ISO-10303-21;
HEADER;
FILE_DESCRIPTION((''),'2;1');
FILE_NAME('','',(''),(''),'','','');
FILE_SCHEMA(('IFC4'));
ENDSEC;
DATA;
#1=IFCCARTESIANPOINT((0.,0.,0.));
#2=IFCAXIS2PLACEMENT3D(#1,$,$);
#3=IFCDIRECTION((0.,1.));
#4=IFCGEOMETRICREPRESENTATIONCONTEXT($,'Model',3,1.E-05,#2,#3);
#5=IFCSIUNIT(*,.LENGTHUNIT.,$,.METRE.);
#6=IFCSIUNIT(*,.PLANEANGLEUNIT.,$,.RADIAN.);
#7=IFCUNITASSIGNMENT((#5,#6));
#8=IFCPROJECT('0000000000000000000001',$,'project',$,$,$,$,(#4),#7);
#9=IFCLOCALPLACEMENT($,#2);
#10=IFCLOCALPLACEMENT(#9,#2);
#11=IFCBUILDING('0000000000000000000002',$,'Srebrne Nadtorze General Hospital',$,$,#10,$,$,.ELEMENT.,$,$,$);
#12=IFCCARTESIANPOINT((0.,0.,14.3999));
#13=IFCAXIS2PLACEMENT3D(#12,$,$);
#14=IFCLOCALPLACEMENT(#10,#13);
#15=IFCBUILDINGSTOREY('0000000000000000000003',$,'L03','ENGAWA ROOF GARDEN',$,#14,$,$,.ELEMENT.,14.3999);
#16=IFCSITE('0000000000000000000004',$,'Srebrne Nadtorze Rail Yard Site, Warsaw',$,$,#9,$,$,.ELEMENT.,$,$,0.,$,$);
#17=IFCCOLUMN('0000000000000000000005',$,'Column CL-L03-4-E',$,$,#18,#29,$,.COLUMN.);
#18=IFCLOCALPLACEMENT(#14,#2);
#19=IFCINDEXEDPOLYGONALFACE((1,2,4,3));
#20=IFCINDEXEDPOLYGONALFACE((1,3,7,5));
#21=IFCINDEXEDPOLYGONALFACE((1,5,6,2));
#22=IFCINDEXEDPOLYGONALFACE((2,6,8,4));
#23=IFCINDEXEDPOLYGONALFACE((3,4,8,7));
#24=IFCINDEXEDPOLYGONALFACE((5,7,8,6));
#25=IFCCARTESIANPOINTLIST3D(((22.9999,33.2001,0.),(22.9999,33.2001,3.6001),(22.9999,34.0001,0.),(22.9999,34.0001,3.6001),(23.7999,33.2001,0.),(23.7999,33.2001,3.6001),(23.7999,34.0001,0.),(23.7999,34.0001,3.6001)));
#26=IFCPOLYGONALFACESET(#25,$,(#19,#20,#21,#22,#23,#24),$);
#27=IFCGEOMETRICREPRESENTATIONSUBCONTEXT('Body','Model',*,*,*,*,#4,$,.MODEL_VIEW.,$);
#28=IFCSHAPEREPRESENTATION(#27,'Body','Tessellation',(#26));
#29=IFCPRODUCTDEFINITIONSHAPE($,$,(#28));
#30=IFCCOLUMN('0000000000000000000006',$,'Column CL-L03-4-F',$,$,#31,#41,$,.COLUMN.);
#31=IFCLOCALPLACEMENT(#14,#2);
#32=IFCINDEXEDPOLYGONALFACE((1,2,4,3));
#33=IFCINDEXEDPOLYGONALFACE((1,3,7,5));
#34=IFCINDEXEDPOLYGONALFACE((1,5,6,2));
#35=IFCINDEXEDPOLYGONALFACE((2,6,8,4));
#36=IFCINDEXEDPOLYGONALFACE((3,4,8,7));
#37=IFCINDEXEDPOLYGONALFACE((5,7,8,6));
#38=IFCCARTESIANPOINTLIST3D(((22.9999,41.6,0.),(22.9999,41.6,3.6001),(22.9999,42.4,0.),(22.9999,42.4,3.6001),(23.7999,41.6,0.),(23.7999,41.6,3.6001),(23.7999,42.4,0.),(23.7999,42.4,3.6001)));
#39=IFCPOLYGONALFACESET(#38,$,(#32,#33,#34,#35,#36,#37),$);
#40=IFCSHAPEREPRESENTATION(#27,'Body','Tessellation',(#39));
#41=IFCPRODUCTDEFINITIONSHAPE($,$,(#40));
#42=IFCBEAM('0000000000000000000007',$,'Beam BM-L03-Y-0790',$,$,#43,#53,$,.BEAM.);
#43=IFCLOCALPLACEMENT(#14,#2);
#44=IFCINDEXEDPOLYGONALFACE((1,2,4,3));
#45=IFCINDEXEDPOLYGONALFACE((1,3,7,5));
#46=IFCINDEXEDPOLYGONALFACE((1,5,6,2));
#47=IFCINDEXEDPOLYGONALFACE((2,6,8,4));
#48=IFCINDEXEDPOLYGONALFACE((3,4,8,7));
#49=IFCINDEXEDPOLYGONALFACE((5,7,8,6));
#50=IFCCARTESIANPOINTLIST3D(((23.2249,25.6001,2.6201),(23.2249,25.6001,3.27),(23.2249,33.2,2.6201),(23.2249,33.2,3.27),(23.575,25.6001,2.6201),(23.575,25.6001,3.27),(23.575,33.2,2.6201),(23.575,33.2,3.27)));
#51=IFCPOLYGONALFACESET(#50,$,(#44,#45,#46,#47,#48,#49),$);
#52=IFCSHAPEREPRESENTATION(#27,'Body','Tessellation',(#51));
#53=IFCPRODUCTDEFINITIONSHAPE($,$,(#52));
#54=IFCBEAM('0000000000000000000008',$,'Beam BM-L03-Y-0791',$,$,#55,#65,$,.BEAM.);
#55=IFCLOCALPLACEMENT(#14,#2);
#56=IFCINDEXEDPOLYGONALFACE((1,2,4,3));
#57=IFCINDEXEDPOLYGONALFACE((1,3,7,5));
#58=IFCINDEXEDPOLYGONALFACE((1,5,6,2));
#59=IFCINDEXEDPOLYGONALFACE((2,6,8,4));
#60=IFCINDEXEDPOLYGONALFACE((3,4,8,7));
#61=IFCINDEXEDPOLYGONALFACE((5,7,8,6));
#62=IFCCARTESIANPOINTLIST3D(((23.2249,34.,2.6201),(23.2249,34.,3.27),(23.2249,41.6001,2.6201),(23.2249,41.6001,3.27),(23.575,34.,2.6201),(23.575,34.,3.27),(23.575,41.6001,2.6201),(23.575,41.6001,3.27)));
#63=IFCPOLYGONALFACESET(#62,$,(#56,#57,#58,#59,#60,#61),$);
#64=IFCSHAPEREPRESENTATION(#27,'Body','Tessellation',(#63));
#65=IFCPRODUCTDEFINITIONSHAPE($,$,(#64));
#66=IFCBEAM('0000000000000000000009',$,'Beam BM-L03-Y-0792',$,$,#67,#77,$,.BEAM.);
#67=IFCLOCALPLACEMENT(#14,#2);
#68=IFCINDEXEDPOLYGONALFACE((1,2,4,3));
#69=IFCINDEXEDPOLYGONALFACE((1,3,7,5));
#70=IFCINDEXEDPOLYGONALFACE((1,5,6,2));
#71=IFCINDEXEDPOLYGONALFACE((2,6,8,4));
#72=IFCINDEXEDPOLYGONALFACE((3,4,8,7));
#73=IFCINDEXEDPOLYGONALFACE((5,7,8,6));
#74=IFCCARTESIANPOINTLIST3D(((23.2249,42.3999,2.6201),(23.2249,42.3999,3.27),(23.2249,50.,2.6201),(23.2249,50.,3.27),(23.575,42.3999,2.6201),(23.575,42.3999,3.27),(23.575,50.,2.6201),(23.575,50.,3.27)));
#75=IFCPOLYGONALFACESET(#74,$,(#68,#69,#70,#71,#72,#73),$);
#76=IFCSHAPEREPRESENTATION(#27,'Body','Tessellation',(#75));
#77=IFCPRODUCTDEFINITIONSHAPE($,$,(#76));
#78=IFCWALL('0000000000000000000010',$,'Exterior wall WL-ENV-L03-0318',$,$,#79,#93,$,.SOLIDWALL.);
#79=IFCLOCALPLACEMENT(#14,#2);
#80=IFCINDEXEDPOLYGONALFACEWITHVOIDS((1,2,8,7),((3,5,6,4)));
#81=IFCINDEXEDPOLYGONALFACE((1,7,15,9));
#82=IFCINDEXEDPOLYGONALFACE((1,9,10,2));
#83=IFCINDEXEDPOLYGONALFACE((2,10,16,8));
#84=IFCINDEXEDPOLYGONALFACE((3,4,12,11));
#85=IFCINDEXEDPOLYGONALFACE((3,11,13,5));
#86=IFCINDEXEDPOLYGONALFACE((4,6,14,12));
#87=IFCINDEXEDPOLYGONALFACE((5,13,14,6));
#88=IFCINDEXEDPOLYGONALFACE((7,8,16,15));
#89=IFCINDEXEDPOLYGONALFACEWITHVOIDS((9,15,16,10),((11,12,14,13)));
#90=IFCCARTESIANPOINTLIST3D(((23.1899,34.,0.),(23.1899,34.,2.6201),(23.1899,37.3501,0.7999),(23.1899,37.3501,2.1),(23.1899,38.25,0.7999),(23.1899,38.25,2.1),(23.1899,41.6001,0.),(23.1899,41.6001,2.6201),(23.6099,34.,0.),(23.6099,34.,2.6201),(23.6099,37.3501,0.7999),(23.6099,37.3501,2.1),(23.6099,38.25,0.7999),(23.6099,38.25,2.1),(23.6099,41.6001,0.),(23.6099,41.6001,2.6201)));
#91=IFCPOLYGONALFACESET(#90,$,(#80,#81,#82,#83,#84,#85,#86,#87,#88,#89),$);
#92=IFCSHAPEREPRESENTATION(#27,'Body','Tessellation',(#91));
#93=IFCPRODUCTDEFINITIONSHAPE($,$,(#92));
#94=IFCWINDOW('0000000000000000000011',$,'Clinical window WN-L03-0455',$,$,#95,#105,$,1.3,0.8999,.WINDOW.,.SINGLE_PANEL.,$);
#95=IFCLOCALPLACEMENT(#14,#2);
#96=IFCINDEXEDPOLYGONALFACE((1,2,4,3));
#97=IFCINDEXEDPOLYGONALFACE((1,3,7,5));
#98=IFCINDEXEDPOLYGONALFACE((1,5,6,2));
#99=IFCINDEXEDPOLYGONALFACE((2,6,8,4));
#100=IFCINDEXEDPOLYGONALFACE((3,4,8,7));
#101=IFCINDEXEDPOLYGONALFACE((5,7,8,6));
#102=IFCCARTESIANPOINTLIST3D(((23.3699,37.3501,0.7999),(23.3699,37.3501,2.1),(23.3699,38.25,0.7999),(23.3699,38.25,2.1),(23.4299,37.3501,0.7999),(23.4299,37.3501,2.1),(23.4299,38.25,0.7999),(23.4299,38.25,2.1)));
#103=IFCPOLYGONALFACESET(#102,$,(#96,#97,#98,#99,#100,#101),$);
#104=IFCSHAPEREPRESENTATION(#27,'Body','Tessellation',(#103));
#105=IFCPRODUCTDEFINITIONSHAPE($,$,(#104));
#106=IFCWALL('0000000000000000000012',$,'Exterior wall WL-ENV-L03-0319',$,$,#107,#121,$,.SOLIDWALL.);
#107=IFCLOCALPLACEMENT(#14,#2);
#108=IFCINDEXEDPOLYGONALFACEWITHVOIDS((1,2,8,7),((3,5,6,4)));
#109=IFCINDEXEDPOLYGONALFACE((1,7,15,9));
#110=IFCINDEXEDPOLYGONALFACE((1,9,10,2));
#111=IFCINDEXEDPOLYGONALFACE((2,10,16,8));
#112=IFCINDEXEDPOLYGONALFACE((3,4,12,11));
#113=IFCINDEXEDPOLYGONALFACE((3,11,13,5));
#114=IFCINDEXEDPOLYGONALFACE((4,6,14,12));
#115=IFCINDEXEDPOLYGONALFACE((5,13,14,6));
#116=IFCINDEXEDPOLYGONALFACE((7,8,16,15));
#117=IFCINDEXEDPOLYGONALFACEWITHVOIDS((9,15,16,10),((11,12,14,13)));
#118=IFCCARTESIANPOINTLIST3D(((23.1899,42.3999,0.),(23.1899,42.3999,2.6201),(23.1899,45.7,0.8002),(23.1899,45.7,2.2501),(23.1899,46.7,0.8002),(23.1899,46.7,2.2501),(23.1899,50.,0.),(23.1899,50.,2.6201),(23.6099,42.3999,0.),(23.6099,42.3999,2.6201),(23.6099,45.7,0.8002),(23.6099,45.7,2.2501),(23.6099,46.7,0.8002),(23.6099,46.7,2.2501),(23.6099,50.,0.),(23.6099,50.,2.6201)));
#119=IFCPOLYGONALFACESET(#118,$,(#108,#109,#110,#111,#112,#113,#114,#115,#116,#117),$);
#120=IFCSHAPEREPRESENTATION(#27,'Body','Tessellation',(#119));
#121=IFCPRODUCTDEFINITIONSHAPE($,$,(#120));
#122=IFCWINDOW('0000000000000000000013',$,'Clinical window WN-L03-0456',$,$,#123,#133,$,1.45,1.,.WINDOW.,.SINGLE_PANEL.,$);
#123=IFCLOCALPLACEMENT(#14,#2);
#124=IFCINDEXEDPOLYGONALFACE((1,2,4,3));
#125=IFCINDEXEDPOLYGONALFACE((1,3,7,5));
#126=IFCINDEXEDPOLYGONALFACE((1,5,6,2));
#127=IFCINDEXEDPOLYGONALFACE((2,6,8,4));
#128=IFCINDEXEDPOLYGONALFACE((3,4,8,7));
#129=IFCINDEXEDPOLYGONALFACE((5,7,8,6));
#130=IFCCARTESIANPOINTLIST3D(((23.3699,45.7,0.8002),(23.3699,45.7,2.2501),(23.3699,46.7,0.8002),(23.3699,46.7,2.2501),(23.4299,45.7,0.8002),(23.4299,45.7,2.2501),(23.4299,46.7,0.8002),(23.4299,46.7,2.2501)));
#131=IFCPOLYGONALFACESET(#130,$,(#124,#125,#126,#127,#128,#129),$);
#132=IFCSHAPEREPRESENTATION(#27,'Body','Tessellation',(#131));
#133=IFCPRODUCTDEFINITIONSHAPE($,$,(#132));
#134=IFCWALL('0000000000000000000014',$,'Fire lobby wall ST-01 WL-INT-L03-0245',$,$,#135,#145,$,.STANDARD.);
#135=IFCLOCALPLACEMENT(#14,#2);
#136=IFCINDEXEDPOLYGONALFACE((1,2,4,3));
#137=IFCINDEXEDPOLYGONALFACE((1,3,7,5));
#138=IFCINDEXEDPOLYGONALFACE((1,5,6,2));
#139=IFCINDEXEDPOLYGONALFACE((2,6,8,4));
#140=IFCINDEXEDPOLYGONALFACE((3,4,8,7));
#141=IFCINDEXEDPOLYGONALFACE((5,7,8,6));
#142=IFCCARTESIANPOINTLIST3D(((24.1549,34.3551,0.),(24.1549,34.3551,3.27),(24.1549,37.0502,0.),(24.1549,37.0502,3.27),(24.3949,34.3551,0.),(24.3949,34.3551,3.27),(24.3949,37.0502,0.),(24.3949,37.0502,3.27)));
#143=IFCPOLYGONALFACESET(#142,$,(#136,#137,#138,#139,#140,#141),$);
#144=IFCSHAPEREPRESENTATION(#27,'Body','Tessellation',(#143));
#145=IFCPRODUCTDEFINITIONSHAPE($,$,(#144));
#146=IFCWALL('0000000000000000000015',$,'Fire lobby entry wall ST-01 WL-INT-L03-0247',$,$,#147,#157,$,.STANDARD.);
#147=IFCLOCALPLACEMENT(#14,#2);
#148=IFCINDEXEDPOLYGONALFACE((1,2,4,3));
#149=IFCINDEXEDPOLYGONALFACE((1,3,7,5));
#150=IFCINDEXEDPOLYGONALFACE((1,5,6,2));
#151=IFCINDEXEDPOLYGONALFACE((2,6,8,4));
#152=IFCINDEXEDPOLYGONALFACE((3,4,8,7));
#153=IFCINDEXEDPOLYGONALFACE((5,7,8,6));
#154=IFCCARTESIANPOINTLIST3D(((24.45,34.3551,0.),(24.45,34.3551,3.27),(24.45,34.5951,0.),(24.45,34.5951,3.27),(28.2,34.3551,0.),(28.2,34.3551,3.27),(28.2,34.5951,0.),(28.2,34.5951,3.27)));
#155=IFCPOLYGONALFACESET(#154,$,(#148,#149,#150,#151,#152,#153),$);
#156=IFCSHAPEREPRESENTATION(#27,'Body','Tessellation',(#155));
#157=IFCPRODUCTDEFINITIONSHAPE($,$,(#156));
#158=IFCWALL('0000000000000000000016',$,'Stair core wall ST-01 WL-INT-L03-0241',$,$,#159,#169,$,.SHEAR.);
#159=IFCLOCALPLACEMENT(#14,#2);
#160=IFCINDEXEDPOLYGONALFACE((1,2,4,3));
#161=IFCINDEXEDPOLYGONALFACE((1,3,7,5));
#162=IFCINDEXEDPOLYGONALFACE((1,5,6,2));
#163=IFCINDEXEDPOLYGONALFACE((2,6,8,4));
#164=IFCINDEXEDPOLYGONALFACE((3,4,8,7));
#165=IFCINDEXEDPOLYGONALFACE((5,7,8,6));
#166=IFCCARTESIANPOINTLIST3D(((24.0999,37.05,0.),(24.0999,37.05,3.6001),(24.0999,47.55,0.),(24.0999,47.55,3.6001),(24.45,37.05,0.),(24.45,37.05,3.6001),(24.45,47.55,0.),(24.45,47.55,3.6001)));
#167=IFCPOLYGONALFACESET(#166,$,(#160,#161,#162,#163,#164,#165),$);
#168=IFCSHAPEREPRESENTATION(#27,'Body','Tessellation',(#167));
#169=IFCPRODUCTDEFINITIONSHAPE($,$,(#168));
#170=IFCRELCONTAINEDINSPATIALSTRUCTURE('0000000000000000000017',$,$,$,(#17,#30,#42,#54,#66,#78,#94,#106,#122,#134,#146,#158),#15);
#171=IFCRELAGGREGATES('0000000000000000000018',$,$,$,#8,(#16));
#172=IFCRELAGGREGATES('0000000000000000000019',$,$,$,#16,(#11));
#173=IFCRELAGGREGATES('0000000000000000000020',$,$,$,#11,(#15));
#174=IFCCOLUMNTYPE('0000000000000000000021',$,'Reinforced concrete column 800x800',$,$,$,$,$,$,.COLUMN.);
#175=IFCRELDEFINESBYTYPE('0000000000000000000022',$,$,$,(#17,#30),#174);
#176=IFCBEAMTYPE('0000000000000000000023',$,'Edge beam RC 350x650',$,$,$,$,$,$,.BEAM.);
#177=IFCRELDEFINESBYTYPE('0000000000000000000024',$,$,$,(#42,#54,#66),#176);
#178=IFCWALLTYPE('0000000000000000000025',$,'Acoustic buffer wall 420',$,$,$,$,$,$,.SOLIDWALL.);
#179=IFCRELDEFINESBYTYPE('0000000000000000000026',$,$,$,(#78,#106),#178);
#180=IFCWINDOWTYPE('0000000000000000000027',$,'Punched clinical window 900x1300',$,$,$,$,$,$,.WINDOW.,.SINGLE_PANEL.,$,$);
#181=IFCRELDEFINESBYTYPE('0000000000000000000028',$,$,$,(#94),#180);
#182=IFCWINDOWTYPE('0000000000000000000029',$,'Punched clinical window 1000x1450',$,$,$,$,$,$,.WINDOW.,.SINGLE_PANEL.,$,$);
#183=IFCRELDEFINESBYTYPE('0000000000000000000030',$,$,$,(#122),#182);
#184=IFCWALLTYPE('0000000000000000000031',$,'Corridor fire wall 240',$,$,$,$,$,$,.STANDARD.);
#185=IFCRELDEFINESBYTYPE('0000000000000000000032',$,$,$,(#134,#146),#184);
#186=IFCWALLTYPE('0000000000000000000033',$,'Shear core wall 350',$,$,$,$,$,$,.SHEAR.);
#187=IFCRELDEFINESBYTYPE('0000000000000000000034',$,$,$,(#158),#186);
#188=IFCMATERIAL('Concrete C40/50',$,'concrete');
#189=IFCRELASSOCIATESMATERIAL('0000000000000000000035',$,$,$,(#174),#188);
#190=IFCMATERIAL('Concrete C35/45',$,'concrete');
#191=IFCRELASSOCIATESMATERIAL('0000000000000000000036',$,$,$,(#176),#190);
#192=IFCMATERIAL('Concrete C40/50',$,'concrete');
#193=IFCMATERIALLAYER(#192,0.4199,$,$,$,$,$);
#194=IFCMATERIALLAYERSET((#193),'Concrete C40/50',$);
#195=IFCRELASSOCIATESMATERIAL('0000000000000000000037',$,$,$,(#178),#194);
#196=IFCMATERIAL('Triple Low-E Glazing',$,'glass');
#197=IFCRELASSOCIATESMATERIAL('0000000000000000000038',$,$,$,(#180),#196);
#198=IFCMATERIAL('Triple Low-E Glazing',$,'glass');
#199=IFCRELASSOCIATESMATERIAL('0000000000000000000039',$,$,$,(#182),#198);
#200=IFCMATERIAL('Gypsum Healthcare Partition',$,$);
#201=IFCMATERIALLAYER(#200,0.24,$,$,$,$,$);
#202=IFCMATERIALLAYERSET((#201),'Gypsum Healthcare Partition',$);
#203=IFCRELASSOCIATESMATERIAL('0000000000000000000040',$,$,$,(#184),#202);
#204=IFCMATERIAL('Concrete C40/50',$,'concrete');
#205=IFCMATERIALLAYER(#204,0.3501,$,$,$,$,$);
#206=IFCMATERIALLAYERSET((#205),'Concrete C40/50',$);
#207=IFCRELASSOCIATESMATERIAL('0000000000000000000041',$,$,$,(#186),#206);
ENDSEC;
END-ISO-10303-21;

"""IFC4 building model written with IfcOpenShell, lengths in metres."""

from ifc_helpers import new_model, si_unit, direction, frame, frame_2d, origin, origin_2d, place, context, subcontext, project, spatial, rectangle, extrude, material, layer, layer_set, material_profile, profile_set, type_object, element, fill, save


model = new_model("IFC4")

# Units and contexts
model_context = context("Model", 3, precision=1e-05, world=origin(), true_north=direction((0.0, 1.0)))
body_context = subcontext(model_context, "Body", "Model", "MODEL_VIEW")
ifc_project = project(units=[si_unit("LENGTHUNIT", "METRE"), si_unit("PLANEANGLEUNIT", "RADIAN")], contexts=[model_context])

# Site, building, storey
site_placement = place(None, origin())
site = spatial("IfcSite", under=ifc_project, at=site_placement, Name="Srebrne Nadtorze Rail Yard Site, Warsaw", CompositionType="ELEMENT", RefElevation=0.0)
building_placement = place(site_placement, origin())
building = spatial("IfcBuilding", under=site, at=building_placement, Name="Srebrne Nadtorze General Hospital", CompositionType="ELEMENT")
storey_placement = place(building_placement, frame((0.0, 0.0, 14.3999)))
storey = spatial("IfcBuildingStorey", under=building, at=storey_placement, Name="L03", Description="ENGAWA ROOF GARDEN", CompositionType="ELEMENT", Elevation=14.3999)

# Columns
ifc_material_1 = material(Name="Concrete C40/50", Category="concrete")
ifc_material_profile_1 = material_profile(ifc_material_1, rectangle(XDim=0.8, YDim=0.8, at=origin_2d()), Name="RC-COL-800x800")
ifc_profile_set_1 = profile_set([ifc_material_profile_1], Name="Concrete C40/50")
column_type = type_object("IfcColumnType", Name="Reinforced concrete column 800x800", PredefinedType="COLUMN", material=ifc_profile_set_1)
for number, where, z_axis, x_axis, name in (
    (1, (23.3999, 33.6001, 0.0), (0.0, 0.0, 1.0), (1.0, 0.0, 0.0), "Column CL-L03-4-E"),
    (2, (23.3999, 42.0, 0.0), (0.0, 0.0, 1.0), (1.0, 0.0, 0.0), "Column CL-L03-4-F"),
):
    element("IfcColumn", number, at=place(storey_placement, frame(where, z_axis=z_axis, x_axis=x_axis)), inside=storey, type_object=column_type, Name=name, PredefinedType="COLUMN", context=body_context, shape_type="SweptSolid", body=[
        extrude(rectangle(XDim=0.8, YDim=0.8, at=origin_2d()), origin(), (0.0, 0.0, 1.0), 3.6001),
    ])

# Beams
ifc_material_2 = material(Name="Concrete C35/45", Category="concrete")
ifc_material_profile_2 = material_profile(ifc_material_2, rectangle(XDim=0.3501, YDim=0.6499, at=origin_2d()), Name="RC-BM-350x650")
ifc_profile_set_2 = profile_set([ifc_material_profile_2], Name="Concrete C35/45")
beam_type = type_object("IfcBeamType", Name="Edge beam RC 350x650", PredefinedType="BEAM", material=ifc_profile_set_2)
beam_placement = place(storey_placement, frame((23.3999, 25.6001, 2.9451), z_axis=(0.0, 1.0, 0.0), x_axis=(-1.0, 0.0, 0.0)))
element("IfcBeam", 3, at=beam_placement, inside=storey, type_object=beam_type, Name="Beam BM-L03-Y-0790", PredefinedType="BEAM", context=body_context, shape_type="SweptSolid", body=[
    extrude(rectangle(XDim=0.3501, YDim=0.6499, at=origin_2d()), origin(), (0.0, 0.0, 1.0), 7.5999),
])
for number, where, z_axis, x_axis, name in (
    (4, (23.3999, 34.0, 2.9451), (0.0, 1.0, 0.0), (-1.0, 0.0, 0.0), "Beam BM-L03-Y-0791"),
    (5, (23.3999, 42.3999, 2.9451), (0.0, 1.0, 0.0), (-1.0, 0.0, 0.0), "Beam BM-L03-Y-0792"),
):
    element("IfcBeam", number, at=place(storey_placement, frame(where, z_axis=z_axis, x_axis=x_axis)), inside=storey, type_object=beam_type, Name=name, PredefinedType="BEAM", context=body_context, shape_type="SweptSolid", body=[
        extrude(rectangle(XDim=0.3501, YDim=0.6499, at=origin_2d()), origin(), (0.0, 0.0, 1.0), 7.6001),
    ])

# Walls, openings, windows
ifc_material_3 = material(Name="Concrete C40/50", Category="concrete")
ifc_layer_1 = layer(ifc_material_3, 0.4199)
ifc_layer_set_1 = layer_set([ifc_layer_1], Name="Concrete C40/50")
wall_type_1 = type_object("IfcWallType", Name="Acoustic buffer wall 420", PredefinedType="SOLIDWALL", material=ifc_layer_set_1)
wall_1_placement = place(storey_placement, frame((23.3999, 34.0, 0.0), z_axis=(0.0, 0.0, 1.0), x_axis=(0.0, 1.0, 0.0)))
wall_1 = element("IfcWall", 6, at=wall_1_placement, inside=storey, type_object=wall_type_1, Name="Exterior wall WL-ENV-L03-0318", PredefinedType="SOLIDWALL", context=body_context, shape_type="SweptSolid", body=[
    extrude(rectangle(XDim=7.6001, YDim=0.4199, at=frame_2d((3.8, 0.0))), origin(), (0.0, 0.0, 1.0), 2.6201),
])
opening_1_placement = place(wall_1_placement, frame((3.3501, 0.0, 0.8)))
opening_1 = element("IfcOpeningElement", 7, at=opening_1_placement, cuts=wall_1, PredefinedType="OPENING", context=body_context, shape_type="SweptSolid", body=[
    extrude(rectangle(XDim=0.8999, YDim=1.3, at=frame_2d((0.45, 0.6499))), frame((0.0, 0.2219, 0.0), z_axis=(0.0, -1.0, 0.0), x_axis=(1.0, 0.0, 0.0)), (0.0, 0.0, 1.0), 0.4438),
])
ifc_material_4 = material(Name="Triple Low-E Glazing", Category="glass")
window_type_1 = type_object("IfcWindowType", Name="Punched clinical window 900x1300", PartitioningType="SINGLE_PANEL", PredefinedType="WINDOW", material=ifc_material_4)
window_1_placement = place(opening_1_placement, origin())
window_1 = element("IfcWindow", 8, at=window_1_placement, inside=storey, type_object=window_type_1, Name="Clinical window WN-L03-0455", OverallHeight=1.3, OverallWidth=0.8999, PartitioningType="SINGLE_PANEL", PredefinedType="WINDOW", context=body_context, shape_type="SweptSolid", body=[
    extrude(rectangle(XDim=0.8999, YDim=1.3, at=frame_2d((0.45, 0.6499))), frame((0.0, 0.03, 0.0), z_axis=(0.0, -1.0, 0.0), x_axis=(1.0, 0.0, 0.0)), (0.0, 0.0, 1.0), 0.0601),
])
fill(opening_1, window_1)
wall_2_placement = place(storey_placement, frame((23.3999, 42.3999, 0.0), z_axis=(0.0, 0.0, 1.0), x_axis=(0.0, 1.0, 0.0)))
wall_2 = element("IfcWall", 9, at=wall_2_placement, inside=storey, type_object=wall_type_1, Name="Exterior wall WL-ENV-L03-0319", PredefinedType="SOLIDWALL", context=body_context, shape_type="SweptSolid", body=[
    extrude(rectangle(XDim=7.6001, YDim=0.4199, at=frame_2d((3.8, 0.0))), origin(), (0.0, 0.0, 1.0), 2.6201),
])
opening_2_placement = place(wall_2_placement, frame((3.3, 0.0, 0.8)))
opening_2 = element("IfcOpeningElement", 10, at=opening_2_placement, cuts=wall_2, PredefinedType="OPENING", context=body_context, shape_type="SweptSolid", body=[
    extrude(rectangle(XDim=1.0, YDim=1.45, at=frame_2d((0.5, 0.7251))), frame((0.0, 0.2219, 0.0), z_axis=(0.0, -1.0, 0.0), x_axis=(1.0, 0.0, 0.0)), (0.0, 0.0, 1.0), 0.4438),
])
ifc_material_5 = material(Name="Triple Low-E Glazing", Category="glass")
window_type_2 = type_object("IfcWindowType", Name="Punched clinical window 1000x1450", PartitioningType="SINGLE_PANEL", PredefinedType="WINDOW", material=ifc_material_5)
window_2_placement = place(opening_2_placement, origin())
window_2 = element("IfcWindow", 11, at=window_2_placement, inside=storey, type_object=window_type_2, Name="Clinical window WN-L03-0456", OverallHeight=1.45, OverallWidth=1.0, PartitioningType="SINGLE_PANEL", PredefinedType="WINDOW", context=body_context, shape_type="SweptSolid", body=[
    extrude(rectangle(XDim=1.0, YDim=1.45, at=frame_2d((0.5, 0.7251))), frame((0.0, 0.03, 0.0), z_axis=(0.0, -1.0, 0.0), x_axis=(1.0, 0.0, 0.0)), (0.0, 0.0, 1.0), 0.0601),
])
fill(opening_2, window_2)

# Walls
ifc_material_6 = material(Name="Gypsum Healthcare Partition")
ifc_layer_2 = layer(ifc_material_6, 0.24)
ifc_layer_set_2 = layer_set([ifc_layer_2], Name="Gypsum Healthcare Partition")
wall_type_2 = type_object("IfcWallType", Name="Corridor fire wall 240", PredefinedType="STANDARD", material=ifc_layer_set_2)
wall_3_placement = place(storey_placement, frame((24.2749, 34.355, 0.0), z_axis=(0.0, 0.0, 1.0), x_axis=(0.0, 1.0, 0.0)))
element("IfcWall", 12, at=wall_3_placement, inside=storey, type_object=wall_type_2, Name="Fire lobby wall ST-01 WL-INT-L03-0245", PredefinedType="STANDARD", context=body_context, shape_type="SweptSolid", body=[
    extrude(rectangle(XDim=2.6951, YDim=0.24, at=frame_2d((1.3477, 0.0))), origin(), (0.0, 0.0, 1.0), 3.27),
])
wall_4_placement = place(storey_placement, frame((24.45, 34.4751, 0.0), z_axis=(0.0, 0.0, 1.0), x_axis=(1.0, 0.0, 0.0)))
element("IfcWall", 13, at=wall_4_placement, inside=storey, type_object=wall_type_2, Name="Fire lobby entry wall ST-01 WL-INT-L03-0247", PredefinedType="STANDARD", context=body_context, shape_type="SweptSolid", body=[
    extrude(rectangle(XDim=3.75, YDim=0.24, at=frame_2d((1.875, 0.0))), origin(), (0.0, 0.0, 1.0), 3.27),
])
ifc_material_7 = material(Name="Concrete C40/50", Category="concrete")
ifc_layer_3 = layer(ifc_material_7, 0.3501)
ifc_layer_set_3 = layer_set([ifc_layer_3], Name="Concrete C40/50")
wall_type_3 = type_object("IfcWallType", Name="Shear core wall 350", PredefinedType="SHEAR", material=ifc_layer_set_3)
wall_5_placement = place(storey_placement, frame((24.2749, 37.05, 0.0), z_axis=(0.0, 0.0, 1.0), x_axis=(0.0, 1.0, 0.0)))
element("IfcWall", 14, at=wall_5_placement, inside=storey, type_object=wall_type_3, Name="Stair core wall ST-01 WL-INT-L03-0241", PredefinedType="SHEAR", context=body_context, shape_type="SweptSolid", body=[
    extrude(rectangle(XDim=10.5, YDim=0.3501, at=frame_2d((5.25, 0.0))), origin(), (0.0, 0.0, 1.0), 3.6001),
])

save(model, "model.ifc")
